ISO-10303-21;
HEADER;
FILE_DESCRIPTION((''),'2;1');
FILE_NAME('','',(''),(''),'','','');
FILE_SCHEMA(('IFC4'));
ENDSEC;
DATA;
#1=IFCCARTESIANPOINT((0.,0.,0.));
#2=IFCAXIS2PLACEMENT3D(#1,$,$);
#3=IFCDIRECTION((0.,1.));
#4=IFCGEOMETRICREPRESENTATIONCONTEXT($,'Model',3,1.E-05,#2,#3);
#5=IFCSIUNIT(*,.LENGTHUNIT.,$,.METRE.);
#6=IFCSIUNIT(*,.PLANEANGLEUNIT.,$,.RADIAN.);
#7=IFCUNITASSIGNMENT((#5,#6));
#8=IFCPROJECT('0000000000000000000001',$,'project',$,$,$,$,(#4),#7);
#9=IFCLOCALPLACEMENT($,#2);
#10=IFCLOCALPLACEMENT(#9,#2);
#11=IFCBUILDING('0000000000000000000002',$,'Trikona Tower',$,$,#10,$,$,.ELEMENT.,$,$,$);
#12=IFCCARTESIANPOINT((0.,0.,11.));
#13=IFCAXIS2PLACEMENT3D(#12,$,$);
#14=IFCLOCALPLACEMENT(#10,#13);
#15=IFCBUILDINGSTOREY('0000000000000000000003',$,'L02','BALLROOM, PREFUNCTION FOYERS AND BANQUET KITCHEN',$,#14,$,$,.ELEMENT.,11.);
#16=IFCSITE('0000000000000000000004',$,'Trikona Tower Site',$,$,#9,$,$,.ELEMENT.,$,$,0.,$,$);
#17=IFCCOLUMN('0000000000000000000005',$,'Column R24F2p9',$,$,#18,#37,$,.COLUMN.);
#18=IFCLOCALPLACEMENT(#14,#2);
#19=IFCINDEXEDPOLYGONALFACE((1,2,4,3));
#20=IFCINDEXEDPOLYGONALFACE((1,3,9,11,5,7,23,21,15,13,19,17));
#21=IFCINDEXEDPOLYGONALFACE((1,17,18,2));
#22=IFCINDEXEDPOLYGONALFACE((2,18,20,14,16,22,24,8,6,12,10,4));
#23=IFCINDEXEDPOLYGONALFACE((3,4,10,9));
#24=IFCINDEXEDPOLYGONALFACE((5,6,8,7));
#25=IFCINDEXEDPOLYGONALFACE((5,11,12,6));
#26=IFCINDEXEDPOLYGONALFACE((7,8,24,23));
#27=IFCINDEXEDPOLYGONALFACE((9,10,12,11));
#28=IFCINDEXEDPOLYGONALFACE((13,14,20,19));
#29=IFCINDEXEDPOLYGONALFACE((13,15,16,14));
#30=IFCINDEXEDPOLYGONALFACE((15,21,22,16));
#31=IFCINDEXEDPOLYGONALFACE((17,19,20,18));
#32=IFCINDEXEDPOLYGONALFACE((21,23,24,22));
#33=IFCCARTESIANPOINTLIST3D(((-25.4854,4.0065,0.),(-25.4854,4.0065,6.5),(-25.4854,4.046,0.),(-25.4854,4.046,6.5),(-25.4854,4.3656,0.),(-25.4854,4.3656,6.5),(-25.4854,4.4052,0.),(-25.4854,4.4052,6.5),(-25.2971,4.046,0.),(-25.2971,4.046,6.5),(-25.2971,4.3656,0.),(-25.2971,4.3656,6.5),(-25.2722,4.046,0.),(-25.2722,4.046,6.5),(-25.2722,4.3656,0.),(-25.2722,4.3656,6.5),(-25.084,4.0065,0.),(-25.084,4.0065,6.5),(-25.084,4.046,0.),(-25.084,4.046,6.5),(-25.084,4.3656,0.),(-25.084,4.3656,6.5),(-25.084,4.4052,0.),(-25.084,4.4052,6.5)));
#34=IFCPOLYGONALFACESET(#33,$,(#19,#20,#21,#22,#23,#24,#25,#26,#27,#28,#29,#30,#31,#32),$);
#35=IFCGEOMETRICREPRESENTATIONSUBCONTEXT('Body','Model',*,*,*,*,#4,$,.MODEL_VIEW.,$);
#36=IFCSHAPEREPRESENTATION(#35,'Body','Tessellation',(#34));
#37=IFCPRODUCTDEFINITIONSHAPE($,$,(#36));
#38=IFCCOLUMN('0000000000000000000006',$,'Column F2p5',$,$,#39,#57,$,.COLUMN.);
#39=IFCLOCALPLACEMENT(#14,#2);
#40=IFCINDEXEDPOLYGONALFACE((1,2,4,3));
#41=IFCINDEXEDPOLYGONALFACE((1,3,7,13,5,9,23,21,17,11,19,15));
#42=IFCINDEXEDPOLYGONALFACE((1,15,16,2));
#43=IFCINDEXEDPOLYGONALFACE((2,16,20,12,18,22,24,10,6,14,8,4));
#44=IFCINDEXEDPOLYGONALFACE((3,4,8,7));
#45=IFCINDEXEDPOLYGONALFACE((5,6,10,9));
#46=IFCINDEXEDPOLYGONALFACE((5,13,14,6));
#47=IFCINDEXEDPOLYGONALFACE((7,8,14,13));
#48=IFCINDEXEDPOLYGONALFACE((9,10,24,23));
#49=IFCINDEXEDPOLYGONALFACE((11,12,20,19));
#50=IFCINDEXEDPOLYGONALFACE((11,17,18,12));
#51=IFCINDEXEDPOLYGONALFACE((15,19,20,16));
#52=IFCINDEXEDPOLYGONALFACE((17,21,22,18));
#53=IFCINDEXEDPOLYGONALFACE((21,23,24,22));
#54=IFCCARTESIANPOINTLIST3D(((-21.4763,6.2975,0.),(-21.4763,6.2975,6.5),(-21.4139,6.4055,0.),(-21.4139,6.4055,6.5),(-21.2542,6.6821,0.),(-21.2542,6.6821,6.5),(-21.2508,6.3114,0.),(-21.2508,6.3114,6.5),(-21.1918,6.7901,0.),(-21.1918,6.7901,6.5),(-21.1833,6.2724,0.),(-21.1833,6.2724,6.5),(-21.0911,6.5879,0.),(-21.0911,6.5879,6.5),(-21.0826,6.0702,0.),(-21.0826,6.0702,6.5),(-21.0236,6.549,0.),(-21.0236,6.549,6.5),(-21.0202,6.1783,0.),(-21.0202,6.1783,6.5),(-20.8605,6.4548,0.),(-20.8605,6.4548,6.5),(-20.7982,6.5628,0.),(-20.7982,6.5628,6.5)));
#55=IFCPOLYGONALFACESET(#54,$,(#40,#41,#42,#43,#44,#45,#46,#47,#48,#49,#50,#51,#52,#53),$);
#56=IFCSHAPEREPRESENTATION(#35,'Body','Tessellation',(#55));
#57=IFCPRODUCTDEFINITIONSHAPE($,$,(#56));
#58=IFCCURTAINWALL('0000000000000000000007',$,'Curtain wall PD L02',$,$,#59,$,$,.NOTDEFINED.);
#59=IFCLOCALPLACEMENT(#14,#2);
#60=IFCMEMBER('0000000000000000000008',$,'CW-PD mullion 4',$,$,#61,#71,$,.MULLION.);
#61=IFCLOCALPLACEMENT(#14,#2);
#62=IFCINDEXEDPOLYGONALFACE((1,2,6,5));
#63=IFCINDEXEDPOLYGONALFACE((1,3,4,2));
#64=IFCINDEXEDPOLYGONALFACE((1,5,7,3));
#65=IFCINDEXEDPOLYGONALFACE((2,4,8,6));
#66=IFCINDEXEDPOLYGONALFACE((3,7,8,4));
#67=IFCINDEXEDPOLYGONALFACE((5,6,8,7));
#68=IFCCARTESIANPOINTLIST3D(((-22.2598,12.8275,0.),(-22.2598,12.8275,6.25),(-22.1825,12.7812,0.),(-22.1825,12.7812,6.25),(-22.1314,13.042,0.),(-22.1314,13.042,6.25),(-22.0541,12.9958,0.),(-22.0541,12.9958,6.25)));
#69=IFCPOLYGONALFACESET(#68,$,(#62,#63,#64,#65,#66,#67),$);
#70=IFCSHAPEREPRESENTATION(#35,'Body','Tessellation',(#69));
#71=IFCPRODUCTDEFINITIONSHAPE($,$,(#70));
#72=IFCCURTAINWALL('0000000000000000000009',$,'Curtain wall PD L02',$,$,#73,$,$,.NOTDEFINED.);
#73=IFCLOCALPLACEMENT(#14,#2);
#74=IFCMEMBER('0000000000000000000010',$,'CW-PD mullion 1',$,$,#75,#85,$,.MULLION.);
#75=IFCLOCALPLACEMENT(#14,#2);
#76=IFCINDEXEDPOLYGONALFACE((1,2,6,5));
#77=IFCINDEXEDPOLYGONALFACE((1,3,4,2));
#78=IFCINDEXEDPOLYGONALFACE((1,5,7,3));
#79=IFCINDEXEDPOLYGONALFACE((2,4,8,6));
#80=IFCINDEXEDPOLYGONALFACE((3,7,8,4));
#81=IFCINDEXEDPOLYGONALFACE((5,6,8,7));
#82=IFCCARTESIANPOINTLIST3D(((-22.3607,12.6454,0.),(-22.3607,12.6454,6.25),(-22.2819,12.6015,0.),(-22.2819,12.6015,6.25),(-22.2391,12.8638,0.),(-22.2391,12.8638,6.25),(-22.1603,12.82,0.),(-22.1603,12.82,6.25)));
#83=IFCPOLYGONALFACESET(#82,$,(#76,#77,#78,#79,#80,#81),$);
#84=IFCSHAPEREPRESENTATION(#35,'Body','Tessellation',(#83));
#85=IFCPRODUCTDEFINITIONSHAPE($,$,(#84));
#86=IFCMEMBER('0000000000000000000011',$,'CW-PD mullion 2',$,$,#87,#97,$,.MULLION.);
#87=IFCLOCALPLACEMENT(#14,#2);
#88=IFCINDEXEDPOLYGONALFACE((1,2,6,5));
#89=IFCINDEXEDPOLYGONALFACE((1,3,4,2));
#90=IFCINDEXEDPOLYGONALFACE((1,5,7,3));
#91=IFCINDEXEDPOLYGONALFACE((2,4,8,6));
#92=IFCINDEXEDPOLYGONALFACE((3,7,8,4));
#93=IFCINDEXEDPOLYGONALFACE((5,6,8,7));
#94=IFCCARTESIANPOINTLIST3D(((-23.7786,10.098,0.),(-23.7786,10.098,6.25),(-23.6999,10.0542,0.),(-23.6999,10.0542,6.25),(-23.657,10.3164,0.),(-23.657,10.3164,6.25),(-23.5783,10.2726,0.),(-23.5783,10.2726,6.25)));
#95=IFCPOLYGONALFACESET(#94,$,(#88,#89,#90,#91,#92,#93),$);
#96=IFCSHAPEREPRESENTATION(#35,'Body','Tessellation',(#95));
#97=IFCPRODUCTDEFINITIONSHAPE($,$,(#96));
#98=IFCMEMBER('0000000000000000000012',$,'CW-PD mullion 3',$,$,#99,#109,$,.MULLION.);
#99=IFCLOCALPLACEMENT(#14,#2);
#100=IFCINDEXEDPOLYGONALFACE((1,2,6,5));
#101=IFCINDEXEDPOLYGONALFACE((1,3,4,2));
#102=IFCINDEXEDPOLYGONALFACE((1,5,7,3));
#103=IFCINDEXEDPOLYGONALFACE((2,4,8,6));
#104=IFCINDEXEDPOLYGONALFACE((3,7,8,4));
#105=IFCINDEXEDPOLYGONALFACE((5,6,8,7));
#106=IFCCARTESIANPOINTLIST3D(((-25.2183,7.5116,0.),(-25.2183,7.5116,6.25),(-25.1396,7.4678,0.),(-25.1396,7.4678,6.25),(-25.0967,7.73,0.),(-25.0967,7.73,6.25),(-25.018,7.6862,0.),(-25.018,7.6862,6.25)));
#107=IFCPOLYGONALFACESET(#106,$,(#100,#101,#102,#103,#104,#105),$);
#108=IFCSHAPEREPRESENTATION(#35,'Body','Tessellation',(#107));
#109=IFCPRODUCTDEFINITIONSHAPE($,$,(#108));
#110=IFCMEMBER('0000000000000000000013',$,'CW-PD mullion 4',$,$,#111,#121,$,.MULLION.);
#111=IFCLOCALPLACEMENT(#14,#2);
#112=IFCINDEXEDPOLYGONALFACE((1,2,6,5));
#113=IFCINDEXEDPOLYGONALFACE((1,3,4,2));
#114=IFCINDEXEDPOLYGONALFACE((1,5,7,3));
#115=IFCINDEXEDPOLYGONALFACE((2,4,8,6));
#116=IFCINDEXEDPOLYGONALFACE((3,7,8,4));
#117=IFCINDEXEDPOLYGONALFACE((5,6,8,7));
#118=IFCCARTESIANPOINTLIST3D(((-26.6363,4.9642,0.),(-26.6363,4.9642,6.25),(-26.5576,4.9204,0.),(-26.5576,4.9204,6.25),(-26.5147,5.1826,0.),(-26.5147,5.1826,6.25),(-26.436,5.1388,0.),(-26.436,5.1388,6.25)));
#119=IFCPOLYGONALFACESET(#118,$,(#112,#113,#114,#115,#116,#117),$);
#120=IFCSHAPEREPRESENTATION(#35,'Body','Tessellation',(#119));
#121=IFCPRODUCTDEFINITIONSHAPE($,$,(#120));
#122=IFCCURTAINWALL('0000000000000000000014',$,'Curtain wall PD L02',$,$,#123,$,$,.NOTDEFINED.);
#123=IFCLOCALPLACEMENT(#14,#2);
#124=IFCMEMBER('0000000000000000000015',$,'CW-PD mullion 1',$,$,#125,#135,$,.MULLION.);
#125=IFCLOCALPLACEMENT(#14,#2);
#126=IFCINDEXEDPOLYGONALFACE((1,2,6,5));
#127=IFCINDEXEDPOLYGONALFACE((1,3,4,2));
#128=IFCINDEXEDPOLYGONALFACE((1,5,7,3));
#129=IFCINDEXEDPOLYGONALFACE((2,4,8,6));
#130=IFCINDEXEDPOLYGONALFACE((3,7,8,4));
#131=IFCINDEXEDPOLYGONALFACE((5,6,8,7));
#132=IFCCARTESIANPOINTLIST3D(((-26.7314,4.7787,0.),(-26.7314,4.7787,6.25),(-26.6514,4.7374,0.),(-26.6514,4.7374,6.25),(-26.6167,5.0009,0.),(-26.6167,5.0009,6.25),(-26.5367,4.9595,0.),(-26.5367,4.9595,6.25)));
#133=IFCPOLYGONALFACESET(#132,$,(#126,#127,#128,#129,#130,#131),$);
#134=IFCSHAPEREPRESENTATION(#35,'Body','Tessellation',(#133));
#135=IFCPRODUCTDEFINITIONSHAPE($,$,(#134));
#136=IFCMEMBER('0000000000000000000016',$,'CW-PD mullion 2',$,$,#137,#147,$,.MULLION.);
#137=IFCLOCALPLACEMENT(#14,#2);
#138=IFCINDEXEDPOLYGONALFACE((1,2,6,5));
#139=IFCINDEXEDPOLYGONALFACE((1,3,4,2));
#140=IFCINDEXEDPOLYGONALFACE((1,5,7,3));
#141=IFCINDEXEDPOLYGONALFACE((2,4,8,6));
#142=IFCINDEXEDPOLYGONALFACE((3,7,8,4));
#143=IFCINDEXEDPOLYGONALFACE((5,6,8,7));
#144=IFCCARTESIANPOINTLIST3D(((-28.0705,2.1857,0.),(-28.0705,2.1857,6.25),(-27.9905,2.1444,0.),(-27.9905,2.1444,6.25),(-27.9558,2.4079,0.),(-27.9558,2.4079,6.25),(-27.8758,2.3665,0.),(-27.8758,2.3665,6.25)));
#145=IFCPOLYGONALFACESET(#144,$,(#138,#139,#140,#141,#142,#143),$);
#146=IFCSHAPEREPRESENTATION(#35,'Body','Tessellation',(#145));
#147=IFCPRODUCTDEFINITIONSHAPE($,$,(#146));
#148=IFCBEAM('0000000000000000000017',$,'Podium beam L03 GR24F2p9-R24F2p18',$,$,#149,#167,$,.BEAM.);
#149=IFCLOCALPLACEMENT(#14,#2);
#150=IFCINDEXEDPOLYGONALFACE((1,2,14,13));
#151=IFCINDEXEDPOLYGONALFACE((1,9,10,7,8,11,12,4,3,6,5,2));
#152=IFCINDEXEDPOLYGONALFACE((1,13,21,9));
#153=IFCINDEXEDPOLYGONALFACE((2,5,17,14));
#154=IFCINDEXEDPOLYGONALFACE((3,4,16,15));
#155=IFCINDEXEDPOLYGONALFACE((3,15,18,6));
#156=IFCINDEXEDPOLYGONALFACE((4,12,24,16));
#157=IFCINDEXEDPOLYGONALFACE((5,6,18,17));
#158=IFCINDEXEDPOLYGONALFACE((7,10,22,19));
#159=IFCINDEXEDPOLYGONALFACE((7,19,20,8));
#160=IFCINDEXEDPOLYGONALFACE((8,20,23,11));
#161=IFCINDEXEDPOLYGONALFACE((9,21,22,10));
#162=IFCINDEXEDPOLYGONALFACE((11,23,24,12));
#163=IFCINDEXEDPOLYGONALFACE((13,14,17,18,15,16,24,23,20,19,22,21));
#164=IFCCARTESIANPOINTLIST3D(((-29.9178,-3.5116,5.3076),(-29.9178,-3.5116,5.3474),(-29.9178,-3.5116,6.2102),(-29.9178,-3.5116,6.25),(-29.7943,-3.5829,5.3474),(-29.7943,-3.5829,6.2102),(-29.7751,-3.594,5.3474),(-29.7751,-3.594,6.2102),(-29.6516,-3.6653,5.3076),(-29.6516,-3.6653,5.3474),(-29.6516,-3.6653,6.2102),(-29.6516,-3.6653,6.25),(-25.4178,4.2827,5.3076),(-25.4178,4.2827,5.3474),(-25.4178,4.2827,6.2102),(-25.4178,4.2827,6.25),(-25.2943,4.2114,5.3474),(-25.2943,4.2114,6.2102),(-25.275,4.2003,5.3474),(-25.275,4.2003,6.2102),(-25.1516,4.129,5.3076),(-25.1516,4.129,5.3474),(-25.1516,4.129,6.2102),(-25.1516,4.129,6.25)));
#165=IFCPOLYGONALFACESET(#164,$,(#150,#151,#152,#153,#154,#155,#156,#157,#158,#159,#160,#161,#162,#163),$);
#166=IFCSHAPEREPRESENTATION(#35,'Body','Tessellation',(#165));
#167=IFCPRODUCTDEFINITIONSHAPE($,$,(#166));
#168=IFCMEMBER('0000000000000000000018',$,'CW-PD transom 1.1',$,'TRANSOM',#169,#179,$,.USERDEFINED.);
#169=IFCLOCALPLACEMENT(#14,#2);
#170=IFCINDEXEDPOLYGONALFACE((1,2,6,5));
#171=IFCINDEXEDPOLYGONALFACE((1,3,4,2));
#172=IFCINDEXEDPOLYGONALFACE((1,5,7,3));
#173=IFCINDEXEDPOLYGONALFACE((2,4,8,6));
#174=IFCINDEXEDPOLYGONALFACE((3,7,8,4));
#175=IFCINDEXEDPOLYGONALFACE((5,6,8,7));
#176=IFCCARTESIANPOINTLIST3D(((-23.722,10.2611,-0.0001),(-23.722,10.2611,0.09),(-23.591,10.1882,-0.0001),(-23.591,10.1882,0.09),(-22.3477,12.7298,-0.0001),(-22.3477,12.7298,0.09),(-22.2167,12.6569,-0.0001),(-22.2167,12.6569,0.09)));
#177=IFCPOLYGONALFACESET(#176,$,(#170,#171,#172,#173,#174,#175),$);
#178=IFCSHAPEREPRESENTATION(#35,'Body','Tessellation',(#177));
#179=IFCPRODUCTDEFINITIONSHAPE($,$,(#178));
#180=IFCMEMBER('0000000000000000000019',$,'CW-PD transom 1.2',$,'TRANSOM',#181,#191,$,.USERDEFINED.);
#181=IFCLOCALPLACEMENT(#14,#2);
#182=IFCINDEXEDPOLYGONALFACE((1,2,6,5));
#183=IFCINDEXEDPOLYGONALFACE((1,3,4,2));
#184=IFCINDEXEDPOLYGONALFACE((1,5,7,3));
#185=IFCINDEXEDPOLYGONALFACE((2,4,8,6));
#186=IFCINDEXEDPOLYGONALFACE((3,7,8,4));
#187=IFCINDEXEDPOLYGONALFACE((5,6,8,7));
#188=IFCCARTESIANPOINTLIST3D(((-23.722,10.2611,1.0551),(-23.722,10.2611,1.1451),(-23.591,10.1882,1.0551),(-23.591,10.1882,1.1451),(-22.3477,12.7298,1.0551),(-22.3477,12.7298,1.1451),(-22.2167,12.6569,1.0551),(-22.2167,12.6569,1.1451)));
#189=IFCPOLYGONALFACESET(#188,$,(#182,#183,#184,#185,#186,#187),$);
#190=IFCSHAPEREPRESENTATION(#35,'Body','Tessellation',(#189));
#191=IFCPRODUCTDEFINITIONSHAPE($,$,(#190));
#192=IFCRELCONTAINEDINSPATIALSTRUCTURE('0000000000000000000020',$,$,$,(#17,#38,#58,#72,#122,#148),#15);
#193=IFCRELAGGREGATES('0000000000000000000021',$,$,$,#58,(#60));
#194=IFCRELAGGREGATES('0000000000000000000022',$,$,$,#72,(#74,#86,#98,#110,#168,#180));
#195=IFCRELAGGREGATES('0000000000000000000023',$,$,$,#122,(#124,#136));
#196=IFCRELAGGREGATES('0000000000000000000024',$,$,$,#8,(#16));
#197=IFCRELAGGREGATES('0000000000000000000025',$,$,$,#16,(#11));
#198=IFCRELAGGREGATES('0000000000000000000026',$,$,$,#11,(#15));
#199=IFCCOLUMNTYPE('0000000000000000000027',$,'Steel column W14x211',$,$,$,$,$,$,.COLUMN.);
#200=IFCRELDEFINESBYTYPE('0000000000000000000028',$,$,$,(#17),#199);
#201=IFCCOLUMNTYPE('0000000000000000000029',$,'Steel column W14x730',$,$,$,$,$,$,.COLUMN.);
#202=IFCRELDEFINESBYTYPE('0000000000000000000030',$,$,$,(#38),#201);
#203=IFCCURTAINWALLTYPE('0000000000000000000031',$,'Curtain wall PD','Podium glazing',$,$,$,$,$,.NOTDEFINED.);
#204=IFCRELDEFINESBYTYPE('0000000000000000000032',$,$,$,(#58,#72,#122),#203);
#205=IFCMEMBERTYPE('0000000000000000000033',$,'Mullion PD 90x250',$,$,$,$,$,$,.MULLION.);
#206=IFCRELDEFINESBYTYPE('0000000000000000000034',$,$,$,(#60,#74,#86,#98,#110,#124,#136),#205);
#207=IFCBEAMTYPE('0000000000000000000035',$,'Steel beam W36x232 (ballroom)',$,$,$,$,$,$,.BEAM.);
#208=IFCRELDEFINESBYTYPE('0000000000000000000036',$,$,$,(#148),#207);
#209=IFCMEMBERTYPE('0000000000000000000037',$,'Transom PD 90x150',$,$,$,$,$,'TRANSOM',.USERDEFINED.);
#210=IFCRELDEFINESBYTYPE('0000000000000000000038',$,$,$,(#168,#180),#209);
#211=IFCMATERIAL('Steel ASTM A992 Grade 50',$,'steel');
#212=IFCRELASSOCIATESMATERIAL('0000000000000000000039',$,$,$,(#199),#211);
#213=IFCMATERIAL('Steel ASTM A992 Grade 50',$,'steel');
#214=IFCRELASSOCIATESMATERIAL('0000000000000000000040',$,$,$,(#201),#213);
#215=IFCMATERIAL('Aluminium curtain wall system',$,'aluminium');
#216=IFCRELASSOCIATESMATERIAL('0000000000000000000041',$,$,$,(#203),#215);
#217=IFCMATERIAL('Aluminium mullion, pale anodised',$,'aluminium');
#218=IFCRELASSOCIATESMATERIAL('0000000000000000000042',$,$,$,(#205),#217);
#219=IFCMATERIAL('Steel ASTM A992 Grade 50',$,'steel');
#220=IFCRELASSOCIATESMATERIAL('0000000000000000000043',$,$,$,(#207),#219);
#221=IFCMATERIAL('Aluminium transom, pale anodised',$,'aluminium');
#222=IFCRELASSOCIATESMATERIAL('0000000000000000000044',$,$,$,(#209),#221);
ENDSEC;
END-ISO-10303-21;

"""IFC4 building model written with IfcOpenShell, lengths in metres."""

from ifc_helpers import new_model, si_unit, direction, frame, origin, origin_2d, place, context, subcontext, project, spatial, rectangle, i_section, extrude, material, material_profile, profile_set, type_object, element, aggregate, save


model = new_model("IFC4")

# Units and contexts
model_context = context("Model", 3, precision=1e-05, world=origin(), true_north=direction((0.0, 1.0)))
body_context = subcontext(model_context, "Body", "Model", "MODEL_VIEW")
ifc_project = project(units=[si_unit("LENGTHUNIT", "METRE"), si_unit("PLANEANGLEUNIT", "RADIAN")], contexts=[model_context])

# Site, building, storey
site_placement = place(None, origin())
site = spatial("IfcSite", under=ifc_project, at=site_placement, Name="Trikona Tower Site", CompositionType="ELEMENT", RefElevation=0.0)
building_placement = place(site_placement, origin())
building = spatial("IfcBuilding", under=site, at=building_placement, Name="Trikona Tower", CompositionType="ELEMENT")
storey_placement = place(building_placement, frame((0.0, 0.0, 11.0)))
storey = spatial("IfcBuildingStorey", under=building, at=storey_placement, Name="L02", Description="BALLROOM, PREFUNCTION FOYERS AND BANQUET KITCHEN", CompositionType="ELEMENT", Elevation=11.0)

# Columns
ifc_material_1 = material(Name="Steel ASTM A992 Grade 50", Category="steel")
ifc_material_profile_1 = material_profile(ifc_material_1, i_section(OverallWidth=0.4014, OverallDepth=0.3987, WebThickness=0.0249, FlangeThickness=0.0396, at=origin_2d()), Name="W14X211")
ifc_profile_set_1 = profile_set([ifc_material_profile_1], Name="Steel ASTM A992 Grade 50")
column_type_1 = type_object("IfcColumnType", Name="Steel column W14x211", PredefinedType="COLUMN", material=ifc_profile_set_1)
column_1_placement = place(storey_placement, frame((-25.2847, 4.2058, 0.0), z_axis=(0.0, 0.0, 1.0), x_axis=(1.0, 0.0, 0.0)))
element("IfcColumn", 1, at=column_1_placement, inside=storey, type_object=column_type_1, Name="Column R24F2p9", PredefinedType="COLUMN", context=body_context, shape_type="SweptSolid", body=[
    extrude(i_section(OverallWidth=0.4014, OverallDepth=0.3987, WebThickness=0.0249, FlangeThickness=0.0396, at=origin_2d()), origin(), (0.0, 0.0, 1.0), 6.5),
])
ifc_material_2 = material(Name="Steel ASTM A992 Grade 50", Category="steel")
ifc_material_profile_2 = material_profile(ifc_material_2, i_section(OverallWidth=0.4546, OverallDepth=0.5688, WebThickness=0.0779, FlangeThickness=0.1248, at=origin_2d()), Name="W14X730")
ifc_profile_set_2 = profile_set([ifc_material_profile_2], Name="Steel ASTM A992 Grade 50")
column_type_2 = type_object("IfcColumnType", Name="Steel column W14x730", PredefinedType="COLUMN", material=ifc_profile_set_2)
column_2_placement = place(storey_placement, frame((-21.1372, 6.4302, 0.0), z_axis=(0.0, 0.0, 1.0), x_axis=(-0.866025, 0.5, 0.0)))
element("IfcColumn", 2, at=column_2_placement, inside=storey, type_object=column_type_2, Name="Column F2p5", PredefinedType="COLUMN", context=body_context, shape_type="SweptSolid", body=[
    extrude(i_section(OverallWidth=0.4546, OverallDepth=0.5688, WebThickness=0.0779, FlangeThickness=0.1248, at=origin_2d()), origin(), (0.0, 0.0, 1.0), 6.5),
])

# Curtain wall, member
ifc_material_3 = material(Name="Aluminium curtain wall system", Category="aluminium")
curtain_wall_type = type_object("IfcCurtainWallType", Name="Curtain wall PD", Description="Podium glazing", PredefinedType="NOTDEFINED", material=ifc_material_3)
curtain_wall_1_placement = place(storey_placement, origin())
curtain_wall_1 = element("IfcCurtainWall", 3, at=curtain_wall_1_placement, inside=storey, type_object=curtain_wall_type, Name="Curtain wall PD L02", PredefinedType="NOTDEFINED")
ifc_material_4 = material(Name="Aluminium mullion, pale anodised", Category="aluminium")
ifc_material_profile_3 = material_profile(ifc_material_4, rectangle(XDim=0.0901, YDim=0.25, at=origin_2d()), Name="MUL-PD")
ifc_profile_set_3 = profile_set([ifc_material_profile_3], Name="Aluminium mullion, pale anodised")
member_type_1 = type_object("IfcMemberType", Name="Mullion PD 90x250", PredefinedType="MULLION", material=ifc_profile_set_3)
member_1_placement = place(storey_placement, frame((-22.157, 12.9116, 0.0), z_axis=(0.0, 0.0, 1.0), x_axis=(0.858095, -0.51349, 0.0)))
member_1 = element("IfcMember", 4, at=member_1_placement, type_object=member_type_1, Name="CW-PD mullion 4", PredefinedType="MULLION", context=body_context, shape_type="SweptSolid", body=[
    extrude(rectangle(XDim=0.0901, YDim=0.25, at=origin_2d()), origin(), (0.0, 0.0, 1.0), 6.25),
])

# Curtain walls, members
curtain_wall_2_placement = place(storey_placement, origin())
curtain_wall_2 = element("IfcCurtainWall", 5, at=curtain_wall_2_placement, inside=storey, type_object=curtain_wall_type, Name="Curtain wall PD L02", PredefinedType="NOTDEFINED")
member_2_placement = place(storey_placement, frame((-22.2605, 12.7327, 0.0), z_axis=(0.0, 0.0, 1.0), x_axis=(0.873743, -0.486388, 0.0)))
member_2 = element("IfcMember", 6, at=member_2_placement, type_object=member_type_1, Name="CW-PD mullion 1", PredefinedType="MULLION", context=body_context, shape_type="SweptSolid", body=[
    extrude(rectangle(XDim=0.0901, YDim=0.25, at=origin_2d()), origin(), (0.0, 0.0, 1.0), 6.25),
])
member_3_placement = place(storey_placement, frame((-23.6785, 10.1853, 0.0), z_axis=(0.0, 0.0, 1.0), x_axis=(0.873743, -0.486388, 0.0)))
member_3 = element("IfcMember", 7, at=member_3_placement, type_object=member_type_1, Name="CW-PD mullion 2", PredefinedType="MULLION", context=body_context, shape_type="SweptSolid", body=[
    extrude(rectangle(XDim=0.0901, YDim=0.25, at=origin_2d()), origin(), (0.0, 0.0, 1.0), 6.25),
])
member_4_placement = place(storey_placement, frame((-25.1182, 7.5989, 0.0), z_axis=(0.0, 0.0, 1.0), x_axis=(0.873743, -0.486388, 0.0)))
member_4 = element("IfcMember", 8, at=member_4_placement, type_object=member_type_1, Name="CW-PD mullion 3", PredefinedType="MULLION", context=body_context, shape_type="SweptSolid", body=[
    extrude(rectangle(XDim=0.0901, YDim=0.25, at=origin_2d()), origin(), (0.0, 0.0, 1.0), 6.25),
])
member_5_placement = place(storey_placement, frame((-26.5361, 5.0515, 0.0), z_axis=(0.0, 0.0, 1.0), x_axis=(0.873743, -0.486388, 0.0)))
member_5 = element("IfcMember", 9, at=member_5_placement, type_object=member_type_1, Name="CW-PD mullion 4", PredefinedType="MULLION", context=body_context, shape_type="SweptSolid", body=[
    extrude(rectangle(XDim=0.0901, YDim=0.25, at=origin_2d()), origin(), (0.0, 0.0, 1.0), 6.25),
])
curtain_wall_3_placement = place(storey_placement, origin())
curtain_wall_3 = element("IfcCurtainWall", 10, at=curtain_wall_3_placement, inside=storey, type_object=curtain_wall_type, Name="Curtain wall PD L02", PredefinedType="NOTDEFINED")
member_6_placement = place(storey_placement, frame((-26.634, 4.8691, 0.0), z_axis=(0.0, 0.0, 1.0), x_axis=(0.888525, -0.458829, 0.0)))
member_6 = element("IfcMember", 11, at=member_6_placement, type_object=member_type_1, Name="CW-PD mullion 1", PredefinedType="MULLION", context=body_context, shape_type="SweptSolid", body=[
    extrude(rectangle(XDim=0.0901, YDim=0.25, at=origin_2d()), origin(), (0.0, 0.0, 1.0), 6.25),
])
member_7_placement = place(storey_placement, frame((-27.9731, 2.2761, 0.0), z_axis=(0.0, 0.0, 1.0), x_axis=(0.888525, -0.458829, 0.0)))
member_7 = element("IfcMember", 12, at=member_7_placement, type_object=member_type_1, Name="CW-PD mullion 2", PredefinedType="MULLION", context=body_context, shape_type="SweptSolid", body=[
    extrude(rectangle(XDim=0.0901, YDim=0.25, at=origin_2d()), origin(), (0.0, 0.0, 1.0), 6.25),
])

# Beam
ifc_material_5 = material(Name="Steel ASTM A992 Grade 50", Category="steel")
ifc_material_profile_4 = material_profile(ifc_material_5, i_section(OverallWidth=0.3074, OverallDepth=0.9424, WebThickness=0.0222, FlangeThickness=0.0398, at=origin_2d()), Name="W36X232")
ifc_profile_set_4 = profile_set([ifc_material_profile_4], Name="Steel ASTM A992 Grade 50")
beam_type = type_object("IfcBeamType", Name="Steel beam W36x232 (ballroom)", PredefinedType="BEAM", material=ifc_profile_set_4)
beam_placement = place(storey_placement, frame((-25.2847, 4.2058, 5.7788), z_axis=(-0.500002, -0.866024, 0.0), x_axis=(0.866024, -0.500002, 0.0)))
element("IfcBeam", 13, at=beam_placement, inside=storey, type_object=beam_type, Name="Podium beam L03 GR24F2p9-R24F2p18", PredefinedType="BEAM", context=body_context, shape_type="SweptSolid", body=[
    extrude(i_section(OverallWidth=0.3074, OverallDepth=0.9424, WebThickness=0.0222, FlangeThickness=0.0398, at=origin_2d()), origin(), (0.0, 0.0, 1.0), 9.0),
])

# Members
ifc_material_6 = material(Name="Aluminium transom, pale anodised", Category="aluminium")
ifc_material_profile_5 = material_profile(ifc_material_6, rectangle(XDim=0.1499, YDim=0.0901, at=origin_2d()), Name="TRN-PD")
ifc_profile_set_5 = profile_set([ifc_material_profile_5], Name="Aluminium transom, pale anodised")
member_type_2 = type_object("IfcMemberType", Name="Transom PD 90x150", ElementType="TRANSOM", PredefinedType="USERDEFINED", material=ifc_profile_set_5)
member_8_placement = place(storey_placement, frame((-22.2822, 12.6934, 0.0449), z_axis=(-0.486384, -0.873745, 0.0), x_axis=(0.873745, -0.486384, 0.0)))
member_8 = element("IfcMember", 14, at=member_8_placement, type_object=member_type_2, Name="CW-PD transom 1.1", ObjectType="TRANSOM", PredefinedType="USERDEFINED", context=body_context, shape_type="SweptSolid", body=[
    extrude(rectangle(XDim=0.1499, YDim=0.0901, at=origin_2d()), origin(), (0.0, 0.0, 1.0), 2.8254),
])
member_9_placement = place(storey_placement, frame((-22.2822, 12.6934, 1.1001), z_axis=(-0.486384, -0.873745, 0.0), x_axis=(0.873745, -0.486384, 0.0)))
member_9 = element("IfcMember", 15, at=member_9_placement, type_object=member_type_2, Name="CW-PD transom 1.2", ObjectType="TRANSOM", PredefinedType="USERDEFINED", context=body_context, shape_type="SweptSolid", body=[
    extrude(rectangle(XDim=0.1499, YDim=0.0901, at=origin_2d()), origin(), (0.0, 0.0, 1.0), 2.8254),
])

aggregate(curtain_wall_1, [member_1])
aggregate(curtain_wall_2, [member_2, member_3, member_4, member_5, member_8, member_9])
aggregate(curtain_wall_3, [member_6, member_7])

save(model, "model.ifc")
